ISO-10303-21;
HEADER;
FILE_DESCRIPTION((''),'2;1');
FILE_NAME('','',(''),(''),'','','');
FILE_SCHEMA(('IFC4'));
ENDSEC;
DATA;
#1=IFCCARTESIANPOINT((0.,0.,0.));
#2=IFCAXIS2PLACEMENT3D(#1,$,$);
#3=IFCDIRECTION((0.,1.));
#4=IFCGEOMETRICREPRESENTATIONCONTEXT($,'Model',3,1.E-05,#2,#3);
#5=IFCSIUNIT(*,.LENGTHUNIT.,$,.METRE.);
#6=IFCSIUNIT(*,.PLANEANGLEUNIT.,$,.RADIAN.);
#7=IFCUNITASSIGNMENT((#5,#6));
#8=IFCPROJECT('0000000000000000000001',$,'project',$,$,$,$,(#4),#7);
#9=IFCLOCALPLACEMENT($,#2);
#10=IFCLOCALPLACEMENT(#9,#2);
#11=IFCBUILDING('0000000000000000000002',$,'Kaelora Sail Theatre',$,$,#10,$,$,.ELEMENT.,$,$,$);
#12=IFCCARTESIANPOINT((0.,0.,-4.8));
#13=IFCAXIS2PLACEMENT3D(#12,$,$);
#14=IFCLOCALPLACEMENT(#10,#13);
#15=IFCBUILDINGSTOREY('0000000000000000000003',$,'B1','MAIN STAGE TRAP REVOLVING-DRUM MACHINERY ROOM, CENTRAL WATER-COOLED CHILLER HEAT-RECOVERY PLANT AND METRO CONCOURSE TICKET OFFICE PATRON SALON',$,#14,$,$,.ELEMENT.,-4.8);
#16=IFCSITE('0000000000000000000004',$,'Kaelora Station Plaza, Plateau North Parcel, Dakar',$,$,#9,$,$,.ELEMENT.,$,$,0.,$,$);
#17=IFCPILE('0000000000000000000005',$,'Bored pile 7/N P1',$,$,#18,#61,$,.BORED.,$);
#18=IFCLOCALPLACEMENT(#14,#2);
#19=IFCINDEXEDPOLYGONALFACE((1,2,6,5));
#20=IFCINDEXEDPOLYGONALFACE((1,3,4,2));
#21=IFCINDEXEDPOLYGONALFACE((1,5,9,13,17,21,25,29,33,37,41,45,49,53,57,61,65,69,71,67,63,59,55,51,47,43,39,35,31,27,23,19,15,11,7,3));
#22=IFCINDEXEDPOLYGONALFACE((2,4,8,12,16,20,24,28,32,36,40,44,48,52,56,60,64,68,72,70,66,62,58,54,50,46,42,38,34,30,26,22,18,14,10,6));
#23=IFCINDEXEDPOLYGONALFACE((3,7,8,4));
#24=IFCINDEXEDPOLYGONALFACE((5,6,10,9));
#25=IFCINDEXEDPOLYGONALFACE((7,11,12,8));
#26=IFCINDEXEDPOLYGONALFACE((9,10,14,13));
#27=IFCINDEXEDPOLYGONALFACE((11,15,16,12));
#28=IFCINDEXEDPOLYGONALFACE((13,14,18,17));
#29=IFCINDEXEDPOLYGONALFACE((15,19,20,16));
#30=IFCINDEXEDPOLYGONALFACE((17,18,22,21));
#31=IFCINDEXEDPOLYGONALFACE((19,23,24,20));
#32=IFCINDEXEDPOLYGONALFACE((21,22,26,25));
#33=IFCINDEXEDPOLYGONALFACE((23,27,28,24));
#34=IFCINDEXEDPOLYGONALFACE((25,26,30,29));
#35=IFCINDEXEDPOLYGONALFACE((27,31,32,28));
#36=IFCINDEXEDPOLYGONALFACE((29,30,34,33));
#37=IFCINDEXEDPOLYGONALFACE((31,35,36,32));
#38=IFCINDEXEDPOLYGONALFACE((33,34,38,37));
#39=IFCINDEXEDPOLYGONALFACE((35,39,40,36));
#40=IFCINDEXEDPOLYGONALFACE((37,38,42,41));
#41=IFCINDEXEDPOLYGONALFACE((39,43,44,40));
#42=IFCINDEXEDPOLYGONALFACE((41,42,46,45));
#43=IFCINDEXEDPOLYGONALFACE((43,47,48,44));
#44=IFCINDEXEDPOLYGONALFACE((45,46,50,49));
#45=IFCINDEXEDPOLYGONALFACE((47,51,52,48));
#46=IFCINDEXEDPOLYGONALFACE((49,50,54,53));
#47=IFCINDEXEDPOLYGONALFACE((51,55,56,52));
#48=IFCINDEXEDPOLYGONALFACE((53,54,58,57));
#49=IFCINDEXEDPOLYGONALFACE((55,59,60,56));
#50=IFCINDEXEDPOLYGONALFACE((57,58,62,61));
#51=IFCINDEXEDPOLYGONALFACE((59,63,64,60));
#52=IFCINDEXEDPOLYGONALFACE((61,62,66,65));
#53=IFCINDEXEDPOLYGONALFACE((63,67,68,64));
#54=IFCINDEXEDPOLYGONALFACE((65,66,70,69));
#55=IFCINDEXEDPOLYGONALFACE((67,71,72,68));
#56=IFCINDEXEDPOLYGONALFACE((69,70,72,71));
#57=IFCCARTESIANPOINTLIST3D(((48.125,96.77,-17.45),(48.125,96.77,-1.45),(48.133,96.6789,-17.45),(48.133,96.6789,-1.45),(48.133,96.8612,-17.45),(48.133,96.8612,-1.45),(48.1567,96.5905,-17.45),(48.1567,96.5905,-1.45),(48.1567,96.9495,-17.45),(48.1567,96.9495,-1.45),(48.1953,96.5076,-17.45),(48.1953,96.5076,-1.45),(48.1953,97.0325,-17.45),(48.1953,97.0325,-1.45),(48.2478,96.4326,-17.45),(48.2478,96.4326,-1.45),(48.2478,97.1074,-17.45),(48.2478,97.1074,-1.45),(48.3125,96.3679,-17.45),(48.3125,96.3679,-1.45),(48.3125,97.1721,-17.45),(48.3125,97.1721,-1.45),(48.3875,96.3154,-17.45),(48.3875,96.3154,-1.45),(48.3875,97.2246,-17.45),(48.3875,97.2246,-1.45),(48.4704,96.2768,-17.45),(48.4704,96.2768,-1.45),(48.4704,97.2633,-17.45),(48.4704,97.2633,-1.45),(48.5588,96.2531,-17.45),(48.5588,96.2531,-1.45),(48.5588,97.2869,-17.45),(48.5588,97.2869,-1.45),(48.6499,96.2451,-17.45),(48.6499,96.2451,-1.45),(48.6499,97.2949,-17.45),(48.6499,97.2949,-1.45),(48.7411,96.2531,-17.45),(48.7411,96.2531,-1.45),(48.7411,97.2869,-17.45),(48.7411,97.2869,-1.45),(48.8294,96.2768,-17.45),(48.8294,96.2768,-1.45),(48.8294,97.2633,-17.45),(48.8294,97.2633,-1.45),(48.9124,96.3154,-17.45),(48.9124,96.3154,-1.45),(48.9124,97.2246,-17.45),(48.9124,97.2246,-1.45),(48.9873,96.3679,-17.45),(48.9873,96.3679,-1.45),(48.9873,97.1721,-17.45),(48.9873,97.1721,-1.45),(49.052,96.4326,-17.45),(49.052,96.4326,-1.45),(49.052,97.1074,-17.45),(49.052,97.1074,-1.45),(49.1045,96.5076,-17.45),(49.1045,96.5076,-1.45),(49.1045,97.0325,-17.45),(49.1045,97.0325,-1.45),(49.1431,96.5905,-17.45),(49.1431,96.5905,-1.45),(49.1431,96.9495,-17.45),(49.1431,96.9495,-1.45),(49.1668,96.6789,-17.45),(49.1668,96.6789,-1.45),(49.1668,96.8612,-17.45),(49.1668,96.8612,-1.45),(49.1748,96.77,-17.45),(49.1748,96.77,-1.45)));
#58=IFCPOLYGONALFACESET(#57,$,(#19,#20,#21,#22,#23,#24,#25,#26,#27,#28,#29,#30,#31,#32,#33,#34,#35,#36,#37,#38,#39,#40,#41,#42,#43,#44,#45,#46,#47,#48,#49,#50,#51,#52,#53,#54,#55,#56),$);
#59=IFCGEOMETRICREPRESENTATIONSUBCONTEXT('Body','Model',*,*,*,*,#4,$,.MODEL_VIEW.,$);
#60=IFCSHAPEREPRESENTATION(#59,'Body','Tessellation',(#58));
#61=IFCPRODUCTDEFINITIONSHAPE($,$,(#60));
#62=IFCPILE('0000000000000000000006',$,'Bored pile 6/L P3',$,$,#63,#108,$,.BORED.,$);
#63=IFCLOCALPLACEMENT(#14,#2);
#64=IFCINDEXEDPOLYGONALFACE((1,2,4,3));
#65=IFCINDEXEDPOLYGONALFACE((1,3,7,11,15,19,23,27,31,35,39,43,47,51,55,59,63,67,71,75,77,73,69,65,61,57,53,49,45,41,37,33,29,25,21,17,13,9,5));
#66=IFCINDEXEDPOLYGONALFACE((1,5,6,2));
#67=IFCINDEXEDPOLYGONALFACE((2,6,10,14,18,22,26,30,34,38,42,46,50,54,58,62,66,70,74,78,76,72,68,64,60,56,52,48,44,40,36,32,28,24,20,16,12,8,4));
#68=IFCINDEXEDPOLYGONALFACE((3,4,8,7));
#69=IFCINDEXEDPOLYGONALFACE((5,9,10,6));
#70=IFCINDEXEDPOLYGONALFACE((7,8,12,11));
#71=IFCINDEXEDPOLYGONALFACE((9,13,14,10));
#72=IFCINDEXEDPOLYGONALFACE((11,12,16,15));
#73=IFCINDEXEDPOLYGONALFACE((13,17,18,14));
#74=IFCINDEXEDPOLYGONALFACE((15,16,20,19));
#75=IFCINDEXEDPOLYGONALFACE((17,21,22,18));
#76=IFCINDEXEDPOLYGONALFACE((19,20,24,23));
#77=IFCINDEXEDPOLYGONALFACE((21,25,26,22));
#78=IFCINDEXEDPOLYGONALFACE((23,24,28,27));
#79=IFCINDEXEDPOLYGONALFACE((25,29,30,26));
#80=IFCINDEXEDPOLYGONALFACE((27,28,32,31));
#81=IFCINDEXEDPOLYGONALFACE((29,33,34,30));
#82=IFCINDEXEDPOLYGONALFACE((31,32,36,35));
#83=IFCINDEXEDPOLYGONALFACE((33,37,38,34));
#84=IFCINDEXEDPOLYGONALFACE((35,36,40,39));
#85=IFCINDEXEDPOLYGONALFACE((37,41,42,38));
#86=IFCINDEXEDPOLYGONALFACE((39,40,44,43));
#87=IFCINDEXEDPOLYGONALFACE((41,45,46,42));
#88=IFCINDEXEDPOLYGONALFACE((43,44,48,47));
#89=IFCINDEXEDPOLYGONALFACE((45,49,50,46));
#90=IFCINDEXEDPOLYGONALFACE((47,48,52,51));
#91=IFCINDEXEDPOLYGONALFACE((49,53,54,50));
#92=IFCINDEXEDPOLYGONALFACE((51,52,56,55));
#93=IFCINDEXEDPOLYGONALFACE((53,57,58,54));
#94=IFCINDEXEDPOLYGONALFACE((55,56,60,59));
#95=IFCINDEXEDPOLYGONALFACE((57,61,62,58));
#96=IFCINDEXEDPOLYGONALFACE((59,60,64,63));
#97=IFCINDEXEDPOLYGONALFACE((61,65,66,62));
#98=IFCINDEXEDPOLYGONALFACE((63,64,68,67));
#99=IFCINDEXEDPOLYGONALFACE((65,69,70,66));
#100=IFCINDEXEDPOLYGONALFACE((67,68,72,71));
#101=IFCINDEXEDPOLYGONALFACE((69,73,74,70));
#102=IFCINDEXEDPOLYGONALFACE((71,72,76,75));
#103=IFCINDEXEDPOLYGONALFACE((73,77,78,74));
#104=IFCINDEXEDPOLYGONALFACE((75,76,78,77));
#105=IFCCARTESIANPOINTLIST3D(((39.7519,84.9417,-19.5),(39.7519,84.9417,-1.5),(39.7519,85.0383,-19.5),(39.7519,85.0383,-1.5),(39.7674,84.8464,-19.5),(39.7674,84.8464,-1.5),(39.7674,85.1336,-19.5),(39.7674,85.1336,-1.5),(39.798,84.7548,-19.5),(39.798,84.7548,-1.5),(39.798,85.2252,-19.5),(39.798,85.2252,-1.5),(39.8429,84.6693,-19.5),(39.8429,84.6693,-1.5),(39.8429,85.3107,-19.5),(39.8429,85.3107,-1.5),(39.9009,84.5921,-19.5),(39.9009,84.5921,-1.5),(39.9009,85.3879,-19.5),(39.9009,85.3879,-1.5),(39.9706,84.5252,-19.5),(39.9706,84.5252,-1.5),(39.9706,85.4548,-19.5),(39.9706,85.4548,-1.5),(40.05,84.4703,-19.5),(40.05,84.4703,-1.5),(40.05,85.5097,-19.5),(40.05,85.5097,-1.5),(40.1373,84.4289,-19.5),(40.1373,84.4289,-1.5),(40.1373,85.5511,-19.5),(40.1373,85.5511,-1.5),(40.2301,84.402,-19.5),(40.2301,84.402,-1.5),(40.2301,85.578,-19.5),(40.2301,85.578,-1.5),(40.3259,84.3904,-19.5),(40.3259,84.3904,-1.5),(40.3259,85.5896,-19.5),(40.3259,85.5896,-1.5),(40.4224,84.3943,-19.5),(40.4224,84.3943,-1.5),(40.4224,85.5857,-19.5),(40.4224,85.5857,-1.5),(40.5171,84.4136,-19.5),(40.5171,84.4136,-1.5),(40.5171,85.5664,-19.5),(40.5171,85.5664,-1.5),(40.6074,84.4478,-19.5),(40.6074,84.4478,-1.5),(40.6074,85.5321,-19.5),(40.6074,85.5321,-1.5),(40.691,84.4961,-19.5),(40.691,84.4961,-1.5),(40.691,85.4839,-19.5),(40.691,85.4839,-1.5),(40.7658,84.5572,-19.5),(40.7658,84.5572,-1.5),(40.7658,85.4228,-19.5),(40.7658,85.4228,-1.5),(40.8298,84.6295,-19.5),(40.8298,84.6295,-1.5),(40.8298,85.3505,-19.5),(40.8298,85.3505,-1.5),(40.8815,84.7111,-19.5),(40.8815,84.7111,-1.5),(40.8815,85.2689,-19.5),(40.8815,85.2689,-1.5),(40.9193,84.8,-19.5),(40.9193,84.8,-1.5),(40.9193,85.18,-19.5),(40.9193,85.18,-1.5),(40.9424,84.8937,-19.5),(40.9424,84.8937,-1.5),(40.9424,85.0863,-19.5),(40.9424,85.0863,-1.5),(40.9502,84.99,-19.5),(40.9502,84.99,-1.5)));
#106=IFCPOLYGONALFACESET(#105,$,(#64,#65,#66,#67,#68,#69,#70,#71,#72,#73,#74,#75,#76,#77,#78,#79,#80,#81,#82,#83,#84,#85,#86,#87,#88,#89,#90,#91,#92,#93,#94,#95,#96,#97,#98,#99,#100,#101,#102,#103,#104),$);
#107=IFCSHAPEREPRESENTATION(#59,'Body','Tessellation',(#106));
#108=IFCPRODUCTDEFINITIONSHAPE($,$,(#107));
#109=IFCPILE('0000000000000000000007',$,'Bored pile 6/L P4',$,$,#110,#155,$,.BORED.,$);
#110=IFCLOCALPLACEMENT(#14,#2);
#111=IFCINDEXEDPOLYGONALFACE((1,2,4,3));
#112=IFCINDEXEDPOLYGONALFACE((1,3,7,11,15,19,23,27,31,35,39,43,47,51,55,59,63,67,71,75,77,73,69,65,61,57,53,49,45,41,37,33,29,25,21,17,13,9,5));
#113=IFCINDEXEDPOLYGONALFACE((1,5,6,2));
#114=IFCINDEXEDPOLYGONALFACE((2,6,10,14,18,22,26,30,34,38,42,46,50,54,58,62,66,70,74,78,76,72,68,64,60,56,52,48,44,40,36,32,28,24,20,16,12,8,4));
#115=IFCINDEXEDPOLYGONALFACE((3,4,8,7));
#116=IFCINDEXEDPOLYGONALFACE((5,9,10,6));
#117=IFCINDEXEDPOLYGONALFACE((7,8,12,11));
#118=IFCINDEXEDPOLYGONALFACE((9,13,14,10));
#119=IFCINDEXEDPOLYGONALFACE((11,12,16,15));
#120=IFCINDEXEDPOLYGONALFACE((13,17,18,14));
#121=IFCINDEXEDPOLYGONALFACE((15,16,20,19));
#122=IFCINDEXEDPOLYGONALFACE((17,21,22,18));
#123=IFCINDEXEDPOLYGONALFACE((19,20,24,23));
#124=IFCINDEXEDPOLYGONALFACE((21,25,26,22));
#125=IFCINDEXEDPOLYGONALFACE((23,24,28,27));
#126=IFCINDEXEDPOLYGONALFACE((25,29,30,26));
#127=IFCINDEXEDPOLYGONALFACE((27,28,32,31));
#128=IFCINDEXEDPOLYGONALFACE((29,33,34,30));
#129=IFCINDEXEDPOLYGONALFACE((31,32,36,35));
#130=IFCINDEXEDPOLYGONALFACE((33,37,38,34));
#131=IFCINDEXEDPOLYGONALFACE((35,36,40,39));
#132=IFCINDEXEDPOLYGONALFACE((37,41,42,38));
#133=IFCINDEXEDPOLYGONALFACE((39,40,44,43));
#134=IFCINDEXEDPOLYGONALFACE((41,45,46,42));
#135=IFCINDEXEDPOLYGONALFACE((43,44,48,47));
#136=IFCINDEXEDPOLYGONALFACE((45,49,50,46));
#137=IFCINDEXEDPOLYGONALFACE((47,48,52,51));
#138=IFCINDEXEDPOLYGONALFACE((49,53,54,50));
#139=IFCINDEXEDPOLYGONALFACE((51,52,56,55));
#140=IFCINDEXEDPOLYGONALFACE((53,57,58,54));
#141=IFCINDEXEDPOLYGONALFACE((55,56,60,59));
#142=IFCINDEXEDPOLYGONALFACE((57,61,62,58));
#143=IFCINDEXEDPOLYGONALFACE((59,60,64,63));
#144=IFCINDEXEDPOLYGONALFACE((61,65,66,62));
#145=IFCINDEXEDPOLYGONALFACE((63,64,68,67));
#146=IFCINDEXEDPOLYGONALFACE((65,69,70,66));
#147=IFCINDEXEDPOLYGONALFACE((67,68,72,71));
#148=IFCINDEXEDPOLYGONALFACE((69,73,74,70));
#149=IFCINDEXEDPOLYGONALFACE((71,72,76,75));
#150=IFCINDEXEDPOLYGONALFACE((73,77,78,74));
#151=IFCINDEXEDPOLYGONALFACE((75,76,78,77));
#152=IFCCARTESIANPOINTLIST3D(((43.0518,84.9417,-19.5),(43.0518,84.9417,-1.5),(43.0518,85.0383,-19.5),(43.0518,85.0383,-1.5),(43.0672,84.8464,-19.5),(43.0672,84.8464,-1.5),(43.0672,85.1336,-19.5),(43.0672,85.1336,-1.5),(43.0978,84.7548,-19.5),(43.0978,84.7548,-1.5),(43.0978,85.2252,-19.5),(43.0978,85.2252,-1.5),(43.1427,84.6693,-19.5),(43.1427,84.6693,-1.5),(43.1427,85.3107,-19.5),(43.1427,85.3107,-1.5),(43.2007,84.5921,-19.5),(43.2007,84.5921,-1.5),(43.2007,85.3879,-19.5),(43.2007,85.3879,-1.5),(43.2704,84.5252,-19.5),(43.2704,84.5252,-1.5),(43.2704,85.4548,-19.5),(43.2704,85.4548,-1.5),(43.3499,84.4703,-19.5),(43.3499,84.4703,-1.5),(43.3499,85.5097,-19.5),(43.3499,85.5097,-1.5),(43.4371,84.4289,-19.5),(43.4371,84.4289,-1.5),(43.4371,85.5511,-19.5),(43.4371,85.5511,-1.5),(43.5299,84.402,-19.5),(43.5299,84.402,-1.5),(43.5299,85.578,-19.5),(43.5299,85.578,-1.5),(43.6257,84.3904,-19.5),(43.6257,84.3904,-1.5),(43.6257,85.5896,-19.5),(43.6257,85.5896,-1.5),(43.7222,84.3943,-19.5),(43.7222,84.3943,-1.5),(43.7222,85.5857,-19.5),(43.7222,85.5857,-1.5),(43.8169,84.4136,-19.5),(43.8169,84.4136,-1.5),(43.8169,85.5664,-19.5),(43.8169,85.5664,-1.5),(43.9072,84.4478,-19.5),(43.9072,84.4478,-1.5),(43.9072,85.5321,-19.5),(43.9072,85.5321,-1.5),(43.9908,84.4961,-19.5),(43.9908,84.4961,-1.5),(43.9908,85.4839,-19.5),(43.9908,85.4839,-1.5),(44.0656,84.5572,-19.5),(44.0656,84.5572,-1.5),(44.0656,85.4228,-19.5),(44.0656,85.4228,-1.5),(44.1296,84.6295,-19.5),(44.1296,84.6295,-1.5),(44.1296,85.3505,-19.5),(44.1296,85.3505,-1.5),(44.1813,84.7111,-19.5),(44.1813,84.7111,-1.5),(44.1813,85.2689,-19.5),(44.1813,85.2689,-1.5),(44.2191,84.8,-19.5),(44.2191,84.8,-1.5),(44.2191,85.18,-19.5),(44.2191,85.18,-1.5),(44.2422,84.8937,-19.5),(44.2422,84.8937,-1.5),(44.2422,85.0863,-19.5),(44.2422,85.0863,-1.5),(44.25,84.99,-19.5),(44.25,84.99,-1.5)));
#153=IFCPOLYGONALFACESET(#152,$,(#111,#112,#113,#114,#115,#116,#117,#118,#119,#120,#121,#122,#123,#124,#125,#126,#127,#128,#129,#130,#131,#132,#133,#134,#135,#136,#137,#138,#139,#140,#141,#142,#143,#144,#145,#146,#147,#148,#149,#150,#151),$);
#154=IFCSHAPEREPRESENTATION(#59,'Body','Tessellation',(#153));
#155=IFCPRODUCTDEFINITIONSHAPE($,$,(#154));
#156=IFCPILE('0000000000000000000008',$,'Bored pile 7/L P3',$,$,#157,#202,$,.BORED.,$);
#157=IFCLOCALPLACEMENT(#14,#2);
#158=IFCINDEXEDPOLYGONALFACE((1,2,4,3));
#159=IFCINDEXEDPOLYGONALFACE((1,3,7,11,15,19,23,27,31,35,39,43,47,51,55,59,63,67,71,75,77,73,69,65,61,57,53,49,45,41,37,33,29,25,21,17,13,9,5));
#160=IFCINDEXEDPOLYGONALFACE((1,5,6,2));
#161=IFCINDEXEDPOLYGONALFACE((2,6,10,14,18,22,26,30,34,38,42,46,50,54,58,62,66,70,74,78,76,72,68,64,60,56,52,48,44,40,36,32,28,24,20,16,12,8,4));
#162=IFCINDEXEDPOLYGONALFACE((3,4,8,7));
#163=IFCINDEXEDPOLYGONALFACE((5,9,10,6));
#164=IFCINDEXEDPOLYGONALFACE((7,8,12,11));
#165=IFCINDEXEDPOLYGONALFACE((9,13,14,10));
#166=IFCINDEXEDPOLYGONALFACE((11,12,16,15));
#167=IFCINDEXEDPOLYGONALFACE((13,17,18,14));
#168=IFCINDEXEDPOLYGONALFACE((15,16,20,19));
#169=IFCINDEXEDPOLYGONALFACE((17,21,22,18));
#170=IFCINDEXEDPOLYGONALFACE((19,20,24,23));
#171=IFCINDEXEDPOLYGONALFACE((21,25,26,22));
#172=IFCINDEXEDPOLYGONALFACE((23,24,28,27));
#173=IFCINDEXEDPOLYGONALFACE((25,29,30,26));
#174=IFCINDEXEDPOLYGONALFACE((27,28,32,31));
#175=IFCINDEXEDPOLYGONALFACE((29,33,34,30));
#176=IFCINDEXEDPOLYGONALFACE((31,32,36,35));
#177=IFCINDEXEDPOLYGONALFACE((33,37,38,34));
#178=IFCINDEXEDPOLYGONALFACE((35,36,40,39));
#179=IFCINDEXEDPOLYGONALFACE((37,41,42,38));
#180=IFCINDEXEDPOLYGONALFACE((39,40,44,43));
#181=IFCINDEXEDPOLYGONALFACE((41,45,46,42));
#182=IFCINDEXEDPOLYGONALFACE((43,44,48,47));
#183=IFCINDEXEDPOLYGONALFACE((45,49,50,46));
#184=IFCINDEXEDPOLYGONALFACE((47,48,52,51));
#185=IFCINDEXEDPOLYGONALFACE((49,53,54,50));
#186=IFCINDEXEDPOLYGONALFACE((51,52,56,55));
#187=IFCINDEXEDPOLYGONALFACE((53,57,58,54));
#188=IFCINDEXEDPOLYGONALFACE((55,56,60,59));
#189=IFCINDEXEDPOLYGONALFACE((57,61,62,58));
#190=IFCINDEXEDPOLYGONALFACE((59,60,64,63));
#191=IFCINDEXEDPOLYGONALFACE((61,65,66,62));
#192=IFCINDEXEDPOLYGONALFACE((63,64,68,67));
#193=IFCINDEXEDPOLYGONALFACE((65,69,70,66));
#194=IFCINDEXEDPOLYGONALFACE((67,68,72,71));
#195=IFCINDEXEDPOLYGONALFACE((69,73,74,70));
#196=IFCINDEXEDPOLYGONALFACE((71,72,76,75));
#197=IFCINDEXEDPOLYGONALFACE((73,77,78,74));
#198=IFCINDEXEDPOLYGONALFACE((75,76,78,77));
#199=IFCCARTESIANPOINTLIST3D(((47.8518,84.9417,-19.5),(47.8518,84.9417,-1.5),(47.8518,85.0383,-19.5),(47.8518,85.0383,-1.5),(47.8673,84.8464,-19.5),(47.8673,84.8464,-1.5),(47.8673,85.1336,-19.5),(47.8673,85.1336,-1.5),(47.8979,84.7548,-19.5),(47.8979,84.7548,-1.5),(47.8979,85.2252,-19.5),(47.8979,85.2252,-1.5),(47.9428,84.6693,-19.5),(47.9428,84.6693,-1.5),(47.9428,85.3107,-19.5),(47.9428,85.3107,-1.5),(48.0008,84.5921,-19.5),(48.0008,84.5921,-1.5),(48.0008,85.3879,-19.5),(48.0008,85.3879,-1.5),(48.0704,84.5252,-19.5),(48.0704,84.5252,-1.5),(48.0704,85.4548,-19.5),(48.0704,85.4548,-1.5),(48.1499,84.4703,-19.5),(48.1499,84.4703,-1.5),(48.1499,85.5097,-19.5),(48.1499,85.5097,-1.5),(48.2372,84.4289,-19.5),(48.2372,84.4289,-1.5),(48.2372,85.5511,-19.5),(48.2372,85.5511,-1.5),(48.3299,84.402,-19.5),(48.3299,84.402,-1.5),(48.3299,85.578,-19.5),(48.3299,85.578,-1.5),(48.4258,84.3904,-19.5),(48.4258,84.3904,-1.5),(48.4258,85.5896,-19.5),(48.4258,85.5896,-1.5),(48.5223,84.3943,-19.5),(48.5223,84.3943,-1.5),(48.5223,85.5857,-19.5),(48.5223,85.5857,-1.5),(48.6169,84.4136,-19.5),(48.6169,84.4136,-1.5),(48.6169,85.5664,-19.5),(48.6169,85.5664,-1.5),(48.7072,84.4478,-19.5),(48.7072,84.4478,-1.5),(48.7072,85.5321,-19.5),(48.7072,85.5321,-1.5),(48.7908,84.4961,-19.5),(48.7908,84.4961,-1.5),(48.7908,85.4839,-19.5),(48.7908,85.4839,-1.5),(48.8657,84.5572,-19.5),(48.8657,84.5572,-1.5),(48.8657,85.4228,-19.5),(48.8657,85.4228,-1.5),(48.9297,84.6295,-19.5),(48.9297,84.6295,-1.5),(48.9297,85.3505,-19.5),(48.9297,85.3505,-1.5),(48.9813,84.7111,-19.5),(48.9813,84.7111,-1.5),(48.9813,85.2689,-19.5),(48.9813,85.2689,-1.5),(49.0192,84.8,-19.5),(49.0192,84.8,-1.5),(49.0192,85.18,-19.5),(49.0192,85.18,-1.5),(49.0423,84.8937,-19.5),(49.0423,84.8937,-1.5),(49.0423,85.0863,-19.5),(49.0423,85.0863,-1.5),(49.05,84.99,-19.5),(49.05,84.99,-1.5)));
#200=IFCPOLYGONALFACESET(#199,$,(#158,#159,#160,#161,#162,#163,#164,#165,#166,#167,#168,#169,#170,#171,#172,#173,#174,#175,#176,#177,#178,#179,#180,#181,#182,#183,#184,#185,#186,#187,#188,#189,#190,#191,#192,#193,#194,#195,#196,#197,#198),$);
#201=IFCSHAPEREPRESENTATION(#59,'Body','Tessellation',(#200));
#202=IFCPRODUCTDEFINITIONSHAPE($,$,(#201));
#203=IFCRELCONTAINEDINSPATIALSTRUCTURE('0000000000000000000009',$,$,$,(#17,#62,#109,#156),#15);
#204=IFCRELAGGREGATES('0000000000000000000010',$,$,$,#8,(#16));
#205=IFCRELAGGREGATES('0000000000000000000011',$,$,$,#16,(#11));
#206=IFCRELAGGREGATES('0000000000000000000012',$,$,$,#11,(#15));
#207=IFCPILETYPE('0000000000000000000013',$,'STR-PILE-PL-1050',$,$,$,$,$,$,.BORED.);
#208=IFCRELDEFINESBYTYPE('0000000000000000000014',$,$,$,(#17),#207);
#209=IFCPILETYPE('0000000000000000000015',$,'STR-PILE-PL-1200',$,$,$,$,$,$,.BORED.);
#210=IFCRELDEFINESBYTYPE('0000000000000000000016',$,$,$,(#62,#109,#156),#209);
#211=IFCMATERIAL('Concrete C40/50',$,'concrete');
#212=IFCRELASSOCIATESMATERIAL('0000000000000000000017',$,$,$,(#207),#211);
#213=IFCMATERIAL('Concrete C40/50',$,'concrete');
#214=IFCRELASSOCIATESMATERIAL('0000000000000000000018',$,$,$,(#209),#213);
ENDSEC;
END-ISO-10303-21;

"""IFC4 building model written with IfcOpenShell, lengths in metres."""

from ifc_helpers import new_model, si_unit, direction, frame, origin, origin_2d, place, context, subcontext, project, spatial, circle, extrude, material, material_profile, profile_set, type_object, element, save


model = new_model("IFC4")

# Units and contexts
model_context = context("Model", 3, precision=1e-05, world=origin(), true_north=direction((0.0, 1.0)))
body_context = subcontext(model_context, "Body", "Model", "MODEL_VIEW")
ifc_project = project(units=[si_unit("LENGTHUNIT", "METRE"), si_unit("PLANEANGLEUNIT", "RADIAN")], contexts=[model_context])

# Site, building, storey
site_placement = place(None, origin())
site = spatial("IfcSite", under=ifc_project, at=site_placement, Name="Kaelora Station Plaza, Plateau North Parcel, Dakar", CompositionType="ELEMENT", RefElevation=0.0)
building_placement = place(site_placement, origin())
building = spatial("IfcBuilding", under=site, at=building_placement, Name="Kaelora Sail Theatre", CompositionType="ELEMENT")
storey_placement = place(building_placement, frame((0.0, 0.0, -4.8)))
storey = spatial("IfcBuildingStorey", under=building, at=storey_placement, Name="B1", Description="MAIN STAGE TRAP REVOLVING-DRUM MACHINERY ROOM, CENTRAL WATER-COOLED CHILLER HEAT-RECOVERY PLANT AND METRO CONCOURSE TICKET OFFICE PATRON SALON", CompositionType="ELEMENT", Elevation=-4.8)

# Piles
ifc_material_1 = material(Name="Concrete C40/50", Category="concrete")
ifc_material_profile_1 = material_profile(ifc_material_1, circle(Radius=0.5249, at=origin_2d()), Name="PILE D1050")
ifc_profile_set_1 = profile_set([ifc_material_profile_1], Name="Concrete C40/50")
pile_type_1 = type_object("IfcPileType", Name="STR-PILE-PL-1050", PredefinedType="BORED", material=ifc_profile_set_1)
for number, where, z_axis, x_axis, name in (
    (1, (48.6499, 96.77, -1.45), (0.0, 0.0, -1.0), (1.0, 0.0, 0.0), "Bored pile 7/N P1"),
):
    element("IfcPile", number, at=place(storey_placement, frame(where, z_axis=z_axis, x_axis=x_axis)), inside=storey, type_object=pile_type_1, Name=name, PredefinedType="BORED", context=body_context, shape_type="SweptSolid", body=[
        extrude(circle(Radius=0.5249, at=origin_2d()), origin(), (0.0, 0.0, 1.0), 16.0),
    ])
ifc_material_2 = material(Name="Concrete C40/50", Category="concrete")
ifc_material_profile_2 = material_profile(ifc_material_2, circle(Radius=0.6001, at=origin_2d()), Name="PILE D1200")
ifc_profile_set_2 = profile_set([ifc_material_profile_2], Name="Concrete C40/50")
pile_type_2 = type_object("IfcPileType", Name="STR-PILE-PL-1200", PredefinedType="BORED", material=ifc_profile_set_2)
for number, where, z_axis, x_axis, name in (
    (2, (40.3501, 84.99, -1.5), (0.0, 0.0, -1.0), (1.0, 0.0, 0.0), "Bored pile 6/L P3"),
    (3, (43.6499, 84.99, -1.5), (0.0, 0.0, -1.0), (1.0, 0.0, 0.0), "Bored pile 6/L P4"),
    (4, (48.45, 84.99, -1.5), (0.0, 0.0, -1.0), (1.0, 0.0, 0.0), "Bored pile 7/L P3"),
):
    element("IfcPile", number, at=place(storey_placement, frame(where, z_axis=z_axis, x_axis=x_axis)), inside=storey, type_object=pile_type_2, Name=name, PredefinedType="BORED", context=body_context, shape_type="SweptSolid", body=[
        extrude(circle(Radius=0.6001, at=origin_2d()), origin(), (0.0, 0.0, 1.0), 18.0),
    ])

save(model, "model.ifc")
